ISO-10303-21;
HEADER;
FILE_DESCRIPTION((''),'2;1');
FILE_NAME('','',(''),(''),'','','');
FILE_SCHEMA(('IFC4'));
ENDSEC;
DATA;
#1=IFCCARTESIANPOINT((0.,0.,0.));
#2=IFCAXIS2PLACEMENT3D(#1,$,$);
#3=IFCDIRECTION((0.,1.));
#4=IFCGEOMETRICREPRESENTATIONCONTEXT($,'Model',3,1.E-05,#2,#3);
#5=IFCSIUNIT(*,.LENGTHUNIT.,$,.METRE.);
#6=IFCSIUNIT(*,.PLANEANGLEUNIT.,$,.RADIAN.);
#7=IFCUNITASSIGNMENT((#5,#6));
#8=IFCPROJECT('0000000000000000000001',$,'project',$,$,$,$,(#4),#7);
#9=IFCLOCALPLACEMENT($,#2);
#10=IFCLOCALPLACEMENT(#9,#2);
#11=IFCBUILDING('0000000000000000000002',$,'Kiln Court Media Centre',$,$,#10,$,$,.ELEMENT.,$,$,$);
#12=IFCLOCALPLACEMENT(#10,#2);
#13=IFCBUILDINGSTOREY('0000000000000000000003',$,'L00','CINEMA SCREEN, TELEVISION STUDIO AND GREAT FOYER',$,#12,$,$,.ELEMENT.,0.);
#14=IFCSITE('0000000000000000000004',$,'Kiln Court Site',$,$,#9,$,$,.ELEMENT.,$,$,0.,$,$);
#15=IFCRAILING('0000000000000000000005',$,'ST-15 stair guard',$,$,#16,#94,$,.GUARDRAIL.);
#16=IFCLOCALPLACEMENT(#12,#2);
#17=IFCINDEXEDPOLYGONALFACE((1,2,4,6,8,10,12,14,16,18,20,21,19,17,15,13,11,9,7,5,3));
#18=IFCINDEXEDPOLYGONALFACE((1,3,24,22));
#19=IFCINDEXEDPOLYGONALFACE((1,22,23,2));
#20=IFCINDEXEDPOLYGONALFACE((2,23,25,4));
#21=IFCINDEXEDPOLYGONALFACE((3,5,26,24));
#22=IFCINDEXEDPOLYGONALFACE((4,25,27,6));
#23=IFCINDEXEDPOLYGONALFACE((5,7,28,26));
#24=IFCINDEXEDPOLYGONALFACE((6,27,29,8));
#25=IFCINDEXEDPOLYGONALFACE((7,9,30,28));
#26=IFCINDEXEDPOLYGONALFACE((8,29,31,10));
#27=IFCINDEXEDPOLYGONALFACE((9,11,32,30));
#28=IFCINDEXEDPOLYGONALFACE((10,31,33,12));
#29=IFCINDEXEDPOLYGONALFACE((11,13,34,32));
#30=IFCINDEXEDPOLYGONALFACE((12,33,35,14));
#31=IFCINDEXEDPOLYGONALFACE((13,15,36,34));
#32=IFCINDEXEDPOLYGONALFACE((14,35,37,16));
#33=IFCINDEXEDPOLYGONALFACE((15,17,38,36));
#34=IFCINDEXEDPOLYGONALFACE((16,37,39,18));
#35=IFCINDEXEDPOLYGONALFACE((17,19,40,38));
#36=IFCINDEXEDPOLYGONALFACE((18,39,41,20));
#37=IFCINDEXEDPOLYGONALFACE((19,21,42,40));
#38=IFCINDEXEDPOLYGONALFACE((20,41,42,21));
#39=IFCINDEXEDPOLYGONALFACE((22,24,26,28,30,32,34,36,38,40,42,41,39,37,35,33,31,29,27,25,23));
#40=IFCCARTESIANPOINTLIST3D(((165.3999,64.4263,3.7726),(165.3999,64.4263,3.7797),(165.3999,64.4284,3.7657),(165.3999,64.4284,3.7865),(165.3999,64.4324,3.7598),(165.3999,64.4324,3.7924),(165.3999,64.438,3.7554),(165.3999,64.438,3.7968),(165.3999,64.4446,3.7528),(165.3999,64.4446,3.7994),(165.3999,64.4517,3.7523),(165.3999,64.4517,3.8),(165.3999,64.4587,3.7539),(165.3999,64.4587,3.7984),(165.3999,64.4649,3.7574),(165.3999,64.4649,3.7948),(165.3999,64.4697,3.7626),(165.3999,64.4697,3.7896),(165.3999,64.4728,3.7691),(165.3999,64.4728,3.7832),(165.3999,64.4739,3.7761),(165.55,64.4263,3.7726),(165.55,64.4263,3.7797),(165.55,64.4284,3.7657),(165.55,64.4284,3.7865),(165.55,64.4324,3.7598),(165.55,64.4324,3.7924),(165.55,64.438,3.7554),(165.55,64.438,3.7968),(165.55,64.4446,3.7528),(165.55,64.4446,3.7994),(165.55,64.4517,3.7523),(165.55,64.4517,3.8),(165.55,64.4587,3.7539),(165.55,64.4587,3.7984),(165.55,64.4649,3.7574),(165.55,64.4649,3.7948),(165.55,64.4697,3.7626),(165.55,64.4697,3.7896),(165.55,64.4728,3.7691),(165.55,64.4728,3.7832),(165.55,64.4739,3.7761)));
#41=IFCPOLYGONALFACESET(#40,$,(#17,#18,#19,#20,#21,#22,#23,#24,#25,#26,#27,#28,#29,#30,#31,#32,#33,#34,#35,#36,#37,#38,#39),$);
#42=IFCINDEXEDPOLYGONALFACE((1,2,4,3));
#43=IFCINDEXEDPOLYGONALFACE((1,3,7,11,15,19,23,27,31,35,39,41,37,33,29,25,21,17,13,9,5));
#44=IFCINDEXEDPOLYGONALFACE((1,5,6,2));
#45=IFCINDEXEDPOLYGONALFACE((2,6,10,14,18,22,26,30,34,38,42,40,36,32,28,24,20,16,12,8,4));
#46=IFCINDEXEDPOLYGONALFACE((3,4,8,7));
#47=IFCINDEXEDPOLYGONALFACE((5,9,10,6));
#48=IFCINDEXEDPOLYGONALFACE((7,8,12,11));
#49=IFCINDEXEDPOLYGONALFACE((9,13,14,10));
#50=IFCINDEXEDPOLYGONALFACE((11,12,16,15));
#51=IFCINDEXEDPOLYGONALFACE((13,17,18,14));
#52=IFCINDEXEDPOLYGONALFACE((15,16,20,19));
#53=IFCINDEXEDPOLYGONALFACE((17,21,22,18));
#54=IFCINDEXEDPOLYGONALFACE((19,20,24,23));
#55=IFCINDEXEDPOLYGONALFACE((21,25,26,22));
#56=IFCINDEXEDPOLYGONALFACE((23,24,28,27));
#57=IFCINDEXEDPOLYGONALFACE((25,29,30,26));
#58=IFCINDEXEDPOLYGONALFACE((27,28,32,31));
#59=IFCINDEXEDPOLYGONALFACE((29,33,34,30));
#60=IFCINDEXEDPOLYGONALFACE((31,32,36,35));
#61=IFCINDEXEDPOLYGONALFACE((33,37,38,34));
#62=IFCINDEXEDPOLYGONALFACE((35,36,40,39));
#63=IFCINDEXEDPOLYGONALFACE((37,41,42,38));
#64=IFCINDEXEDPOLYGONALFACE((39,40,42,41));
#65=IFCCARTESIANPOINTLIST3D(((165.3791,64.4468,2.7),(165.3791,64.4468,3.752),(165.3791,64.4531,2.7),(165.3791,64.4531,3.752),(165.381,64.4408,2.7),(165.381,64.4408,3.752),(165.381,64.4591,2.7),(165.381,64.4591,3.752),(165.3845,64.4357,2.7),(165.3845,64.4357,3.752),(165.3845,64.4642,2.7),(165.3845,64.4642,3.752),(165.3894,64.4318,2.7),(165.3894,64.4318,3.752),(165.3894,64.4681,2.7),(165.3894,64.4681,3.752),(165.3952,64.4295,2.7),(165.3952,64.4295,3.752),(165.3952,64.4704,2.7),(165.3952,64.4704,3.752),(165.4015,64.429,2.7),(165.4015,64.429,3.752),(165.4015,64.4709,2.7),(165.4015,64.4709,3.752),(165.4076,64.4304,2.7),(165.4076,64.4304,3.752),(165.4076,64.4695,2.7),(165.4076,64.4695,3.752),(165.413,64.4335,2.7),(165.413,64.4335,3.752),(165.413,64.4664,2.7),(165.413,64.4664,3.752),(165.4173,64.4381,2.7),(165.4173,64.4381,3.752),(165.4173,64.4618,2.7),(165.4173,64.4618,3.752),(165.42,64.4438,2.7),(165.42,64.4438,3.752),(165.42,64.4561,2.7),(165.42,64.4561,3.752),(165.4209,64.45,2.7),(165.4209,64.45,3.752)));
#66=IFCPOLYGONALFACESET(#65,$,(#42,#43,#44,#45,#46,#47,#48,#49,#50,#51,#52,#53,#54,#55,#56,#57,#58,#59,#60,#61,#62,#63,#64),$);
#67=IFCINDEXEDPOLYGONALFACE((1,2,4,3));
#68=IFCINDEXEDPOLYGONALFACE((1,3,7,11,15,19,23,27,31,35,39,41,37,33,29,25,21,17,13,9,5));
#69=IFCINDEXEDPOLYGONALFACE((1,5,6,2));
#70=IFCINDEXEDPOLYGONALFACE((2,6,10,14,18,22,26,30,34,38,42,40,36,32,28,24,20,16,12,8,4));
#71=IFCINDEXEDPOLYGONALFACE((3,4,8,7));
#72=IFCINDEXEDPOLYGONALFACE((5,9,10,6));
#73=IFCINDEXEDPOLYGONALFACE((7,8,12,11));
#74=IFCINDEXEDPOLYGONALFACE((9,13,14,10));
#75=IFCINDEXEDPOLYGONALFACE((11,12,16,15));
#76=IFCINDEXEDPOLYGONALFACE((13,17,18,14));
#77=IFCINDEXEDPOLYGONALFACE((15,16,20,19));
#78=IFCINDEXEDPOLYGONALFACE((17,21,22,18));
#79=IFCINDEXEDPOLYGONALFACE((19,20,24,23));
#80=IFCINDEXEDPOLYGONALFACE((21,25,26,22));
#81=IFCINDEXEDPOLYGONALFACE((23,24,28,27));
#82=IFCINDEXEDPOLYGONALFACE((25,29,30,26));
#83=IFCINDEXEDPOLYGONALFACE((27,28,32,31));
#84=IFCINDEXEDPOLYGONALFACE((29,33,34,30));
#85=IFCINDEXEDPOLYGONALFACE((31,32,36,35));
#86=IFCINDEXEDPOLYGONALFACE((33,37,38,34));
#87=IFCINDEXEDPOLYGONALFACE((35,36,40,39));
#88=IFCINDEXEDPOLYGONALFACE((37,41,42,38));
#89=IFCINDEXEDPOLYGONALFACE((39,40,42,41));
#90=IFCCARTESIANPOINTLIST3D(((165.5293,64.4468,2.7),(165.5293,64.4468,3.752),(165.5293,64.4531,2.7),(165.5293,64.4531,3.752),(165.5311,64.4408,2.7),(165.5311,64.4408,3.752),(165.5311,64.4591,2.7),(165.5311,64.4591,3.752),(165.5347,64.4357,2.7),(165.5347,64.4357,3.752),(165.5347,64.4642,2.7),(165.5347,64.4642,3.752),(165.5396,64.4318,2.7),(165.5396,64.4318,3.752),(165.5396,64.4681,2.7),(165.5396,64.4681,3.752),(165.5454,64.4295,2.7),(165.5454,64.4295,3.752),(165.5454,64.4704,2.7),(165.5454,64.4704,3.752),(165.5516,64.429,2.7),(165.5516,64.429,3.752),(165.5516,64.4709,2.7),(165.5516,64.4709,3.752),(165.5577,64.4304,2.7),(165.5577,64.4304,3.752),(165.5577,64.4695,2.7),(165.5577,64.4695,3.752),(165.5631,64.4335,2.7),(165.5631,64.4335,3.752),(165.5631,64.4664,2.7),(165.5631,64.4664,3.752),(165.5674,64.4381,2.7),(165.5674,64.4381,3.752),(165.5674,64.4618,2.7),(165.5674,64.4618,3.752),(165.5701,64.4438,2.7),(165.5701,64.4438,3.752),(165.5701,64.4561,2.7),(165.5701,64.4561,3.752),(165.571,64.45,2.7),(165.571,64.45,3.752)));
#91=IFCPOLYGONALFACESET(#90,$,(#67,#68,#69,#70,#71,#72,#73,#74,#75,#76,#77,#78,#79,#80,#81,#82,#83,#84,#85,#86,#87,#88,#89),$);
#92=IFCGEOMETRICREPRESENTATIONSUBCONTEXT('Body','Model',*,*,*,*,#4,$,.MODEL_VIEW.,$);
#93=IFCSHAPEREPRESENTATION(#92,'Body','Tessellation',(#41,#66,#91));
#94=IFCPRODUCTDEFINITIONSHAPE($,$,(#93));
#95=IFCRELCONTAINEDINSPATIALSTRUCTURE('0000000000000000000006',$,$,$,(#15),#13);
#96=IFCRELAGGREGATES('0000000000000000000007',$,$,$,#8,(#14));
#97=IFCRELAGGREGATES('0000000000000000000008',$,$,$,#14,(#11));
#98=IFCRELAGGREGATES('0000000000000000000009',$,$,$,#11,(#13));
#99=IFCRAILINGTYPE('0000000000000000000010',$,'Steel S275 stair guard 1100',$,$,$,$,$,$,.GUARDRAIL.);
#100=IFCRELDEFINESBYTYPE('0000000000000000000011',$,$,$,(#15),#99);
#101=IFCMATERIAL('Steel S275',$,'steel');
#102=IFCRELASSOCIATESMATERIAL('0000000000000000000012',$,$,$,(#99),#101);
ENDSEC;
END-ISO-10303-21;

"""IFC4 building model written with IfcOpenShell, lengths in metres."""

from ifc_helpers import new_model, si_unit, direction, frame, origin, origin_2d, place, context, subcontext, project, spatial, circle, extrude, material, type_object, element, save


model = new_model("IFC4")

# Units and contexts
model_context = context("Model", 3, precision=1e-05, world=origin(), true_north=direction((0.0, 1.0)))
body_context = subcontext(model_context, "Body", "Model", "MODEL_VIEW")
ifc_project = project(units=[si_unit("LENGTHUNIT", "METRE"), si_unit("PLANEANGLEUNIT", "RADIAN")], contexts=[model_context])

# Site, building, storey
site_placement = place(None, origin())
site = spatial("IfcSite", under=ifc_project, at=site_placement, Name="Kiln Court Site", CompositionType="ELEMENT", RefElevation=0.0)
building_placement = place(site_placement, origin())
building = spatial("IfcBuilding", under=site, at=building_placement, Name="Kiln Court Media Centre", CompositionType="ELEMENT")
storey_placement = place(building_placement, origin())
storey = spatial("IfcBuildingStorey", under=building, at=storey_placement, Name="L00", Description="CINEMA SCREEN, TELEVISION STUDIO AND GREAT FOYER", CompositionType="ELEMENT", Elevation=0.0)

# Railing
ifc_material_1 = material(Name="Steel S275", Category="steel")
railing_type_1 = type_object("IfcRailingType", Name="Steel S275 stair guard 1100", PredefinedType="GUARDRAIL", material=ifc_material_1)
railing_1_placement = place(storey_placement, frame((165.3999, 64.45, 2.7)))
element("IfcRailing", 1, at=railing_1_placement, inside=storey, type_object=railing_type_1, Name="ST-15 stair guard", PredefinedType="GUARDRAIL", context=body_context, shape_type="SweptSolid", body=[
    extrude(circle(Radius=0.0239, at=origin_2d()), frame((0.0, 0.0, 1.0762), z_axis=(1.0, 0.0, 0.0), x_axis=(0.0, 1.0, 0.0)), (0.0, 0.0, 1.0), 0.1501),
    extrude(circle(Radius=0.021, at=origin_2d()), origin(), (0.0, 0.0, 1.0), 1.052),
    extrude(circle(Radius=0.021, at=origin_2d()), frame((0.1501, 0.0, 0.0)), (0.0, 0.0, 1.0), 1.052),
])

save(model, "model.ifc")
